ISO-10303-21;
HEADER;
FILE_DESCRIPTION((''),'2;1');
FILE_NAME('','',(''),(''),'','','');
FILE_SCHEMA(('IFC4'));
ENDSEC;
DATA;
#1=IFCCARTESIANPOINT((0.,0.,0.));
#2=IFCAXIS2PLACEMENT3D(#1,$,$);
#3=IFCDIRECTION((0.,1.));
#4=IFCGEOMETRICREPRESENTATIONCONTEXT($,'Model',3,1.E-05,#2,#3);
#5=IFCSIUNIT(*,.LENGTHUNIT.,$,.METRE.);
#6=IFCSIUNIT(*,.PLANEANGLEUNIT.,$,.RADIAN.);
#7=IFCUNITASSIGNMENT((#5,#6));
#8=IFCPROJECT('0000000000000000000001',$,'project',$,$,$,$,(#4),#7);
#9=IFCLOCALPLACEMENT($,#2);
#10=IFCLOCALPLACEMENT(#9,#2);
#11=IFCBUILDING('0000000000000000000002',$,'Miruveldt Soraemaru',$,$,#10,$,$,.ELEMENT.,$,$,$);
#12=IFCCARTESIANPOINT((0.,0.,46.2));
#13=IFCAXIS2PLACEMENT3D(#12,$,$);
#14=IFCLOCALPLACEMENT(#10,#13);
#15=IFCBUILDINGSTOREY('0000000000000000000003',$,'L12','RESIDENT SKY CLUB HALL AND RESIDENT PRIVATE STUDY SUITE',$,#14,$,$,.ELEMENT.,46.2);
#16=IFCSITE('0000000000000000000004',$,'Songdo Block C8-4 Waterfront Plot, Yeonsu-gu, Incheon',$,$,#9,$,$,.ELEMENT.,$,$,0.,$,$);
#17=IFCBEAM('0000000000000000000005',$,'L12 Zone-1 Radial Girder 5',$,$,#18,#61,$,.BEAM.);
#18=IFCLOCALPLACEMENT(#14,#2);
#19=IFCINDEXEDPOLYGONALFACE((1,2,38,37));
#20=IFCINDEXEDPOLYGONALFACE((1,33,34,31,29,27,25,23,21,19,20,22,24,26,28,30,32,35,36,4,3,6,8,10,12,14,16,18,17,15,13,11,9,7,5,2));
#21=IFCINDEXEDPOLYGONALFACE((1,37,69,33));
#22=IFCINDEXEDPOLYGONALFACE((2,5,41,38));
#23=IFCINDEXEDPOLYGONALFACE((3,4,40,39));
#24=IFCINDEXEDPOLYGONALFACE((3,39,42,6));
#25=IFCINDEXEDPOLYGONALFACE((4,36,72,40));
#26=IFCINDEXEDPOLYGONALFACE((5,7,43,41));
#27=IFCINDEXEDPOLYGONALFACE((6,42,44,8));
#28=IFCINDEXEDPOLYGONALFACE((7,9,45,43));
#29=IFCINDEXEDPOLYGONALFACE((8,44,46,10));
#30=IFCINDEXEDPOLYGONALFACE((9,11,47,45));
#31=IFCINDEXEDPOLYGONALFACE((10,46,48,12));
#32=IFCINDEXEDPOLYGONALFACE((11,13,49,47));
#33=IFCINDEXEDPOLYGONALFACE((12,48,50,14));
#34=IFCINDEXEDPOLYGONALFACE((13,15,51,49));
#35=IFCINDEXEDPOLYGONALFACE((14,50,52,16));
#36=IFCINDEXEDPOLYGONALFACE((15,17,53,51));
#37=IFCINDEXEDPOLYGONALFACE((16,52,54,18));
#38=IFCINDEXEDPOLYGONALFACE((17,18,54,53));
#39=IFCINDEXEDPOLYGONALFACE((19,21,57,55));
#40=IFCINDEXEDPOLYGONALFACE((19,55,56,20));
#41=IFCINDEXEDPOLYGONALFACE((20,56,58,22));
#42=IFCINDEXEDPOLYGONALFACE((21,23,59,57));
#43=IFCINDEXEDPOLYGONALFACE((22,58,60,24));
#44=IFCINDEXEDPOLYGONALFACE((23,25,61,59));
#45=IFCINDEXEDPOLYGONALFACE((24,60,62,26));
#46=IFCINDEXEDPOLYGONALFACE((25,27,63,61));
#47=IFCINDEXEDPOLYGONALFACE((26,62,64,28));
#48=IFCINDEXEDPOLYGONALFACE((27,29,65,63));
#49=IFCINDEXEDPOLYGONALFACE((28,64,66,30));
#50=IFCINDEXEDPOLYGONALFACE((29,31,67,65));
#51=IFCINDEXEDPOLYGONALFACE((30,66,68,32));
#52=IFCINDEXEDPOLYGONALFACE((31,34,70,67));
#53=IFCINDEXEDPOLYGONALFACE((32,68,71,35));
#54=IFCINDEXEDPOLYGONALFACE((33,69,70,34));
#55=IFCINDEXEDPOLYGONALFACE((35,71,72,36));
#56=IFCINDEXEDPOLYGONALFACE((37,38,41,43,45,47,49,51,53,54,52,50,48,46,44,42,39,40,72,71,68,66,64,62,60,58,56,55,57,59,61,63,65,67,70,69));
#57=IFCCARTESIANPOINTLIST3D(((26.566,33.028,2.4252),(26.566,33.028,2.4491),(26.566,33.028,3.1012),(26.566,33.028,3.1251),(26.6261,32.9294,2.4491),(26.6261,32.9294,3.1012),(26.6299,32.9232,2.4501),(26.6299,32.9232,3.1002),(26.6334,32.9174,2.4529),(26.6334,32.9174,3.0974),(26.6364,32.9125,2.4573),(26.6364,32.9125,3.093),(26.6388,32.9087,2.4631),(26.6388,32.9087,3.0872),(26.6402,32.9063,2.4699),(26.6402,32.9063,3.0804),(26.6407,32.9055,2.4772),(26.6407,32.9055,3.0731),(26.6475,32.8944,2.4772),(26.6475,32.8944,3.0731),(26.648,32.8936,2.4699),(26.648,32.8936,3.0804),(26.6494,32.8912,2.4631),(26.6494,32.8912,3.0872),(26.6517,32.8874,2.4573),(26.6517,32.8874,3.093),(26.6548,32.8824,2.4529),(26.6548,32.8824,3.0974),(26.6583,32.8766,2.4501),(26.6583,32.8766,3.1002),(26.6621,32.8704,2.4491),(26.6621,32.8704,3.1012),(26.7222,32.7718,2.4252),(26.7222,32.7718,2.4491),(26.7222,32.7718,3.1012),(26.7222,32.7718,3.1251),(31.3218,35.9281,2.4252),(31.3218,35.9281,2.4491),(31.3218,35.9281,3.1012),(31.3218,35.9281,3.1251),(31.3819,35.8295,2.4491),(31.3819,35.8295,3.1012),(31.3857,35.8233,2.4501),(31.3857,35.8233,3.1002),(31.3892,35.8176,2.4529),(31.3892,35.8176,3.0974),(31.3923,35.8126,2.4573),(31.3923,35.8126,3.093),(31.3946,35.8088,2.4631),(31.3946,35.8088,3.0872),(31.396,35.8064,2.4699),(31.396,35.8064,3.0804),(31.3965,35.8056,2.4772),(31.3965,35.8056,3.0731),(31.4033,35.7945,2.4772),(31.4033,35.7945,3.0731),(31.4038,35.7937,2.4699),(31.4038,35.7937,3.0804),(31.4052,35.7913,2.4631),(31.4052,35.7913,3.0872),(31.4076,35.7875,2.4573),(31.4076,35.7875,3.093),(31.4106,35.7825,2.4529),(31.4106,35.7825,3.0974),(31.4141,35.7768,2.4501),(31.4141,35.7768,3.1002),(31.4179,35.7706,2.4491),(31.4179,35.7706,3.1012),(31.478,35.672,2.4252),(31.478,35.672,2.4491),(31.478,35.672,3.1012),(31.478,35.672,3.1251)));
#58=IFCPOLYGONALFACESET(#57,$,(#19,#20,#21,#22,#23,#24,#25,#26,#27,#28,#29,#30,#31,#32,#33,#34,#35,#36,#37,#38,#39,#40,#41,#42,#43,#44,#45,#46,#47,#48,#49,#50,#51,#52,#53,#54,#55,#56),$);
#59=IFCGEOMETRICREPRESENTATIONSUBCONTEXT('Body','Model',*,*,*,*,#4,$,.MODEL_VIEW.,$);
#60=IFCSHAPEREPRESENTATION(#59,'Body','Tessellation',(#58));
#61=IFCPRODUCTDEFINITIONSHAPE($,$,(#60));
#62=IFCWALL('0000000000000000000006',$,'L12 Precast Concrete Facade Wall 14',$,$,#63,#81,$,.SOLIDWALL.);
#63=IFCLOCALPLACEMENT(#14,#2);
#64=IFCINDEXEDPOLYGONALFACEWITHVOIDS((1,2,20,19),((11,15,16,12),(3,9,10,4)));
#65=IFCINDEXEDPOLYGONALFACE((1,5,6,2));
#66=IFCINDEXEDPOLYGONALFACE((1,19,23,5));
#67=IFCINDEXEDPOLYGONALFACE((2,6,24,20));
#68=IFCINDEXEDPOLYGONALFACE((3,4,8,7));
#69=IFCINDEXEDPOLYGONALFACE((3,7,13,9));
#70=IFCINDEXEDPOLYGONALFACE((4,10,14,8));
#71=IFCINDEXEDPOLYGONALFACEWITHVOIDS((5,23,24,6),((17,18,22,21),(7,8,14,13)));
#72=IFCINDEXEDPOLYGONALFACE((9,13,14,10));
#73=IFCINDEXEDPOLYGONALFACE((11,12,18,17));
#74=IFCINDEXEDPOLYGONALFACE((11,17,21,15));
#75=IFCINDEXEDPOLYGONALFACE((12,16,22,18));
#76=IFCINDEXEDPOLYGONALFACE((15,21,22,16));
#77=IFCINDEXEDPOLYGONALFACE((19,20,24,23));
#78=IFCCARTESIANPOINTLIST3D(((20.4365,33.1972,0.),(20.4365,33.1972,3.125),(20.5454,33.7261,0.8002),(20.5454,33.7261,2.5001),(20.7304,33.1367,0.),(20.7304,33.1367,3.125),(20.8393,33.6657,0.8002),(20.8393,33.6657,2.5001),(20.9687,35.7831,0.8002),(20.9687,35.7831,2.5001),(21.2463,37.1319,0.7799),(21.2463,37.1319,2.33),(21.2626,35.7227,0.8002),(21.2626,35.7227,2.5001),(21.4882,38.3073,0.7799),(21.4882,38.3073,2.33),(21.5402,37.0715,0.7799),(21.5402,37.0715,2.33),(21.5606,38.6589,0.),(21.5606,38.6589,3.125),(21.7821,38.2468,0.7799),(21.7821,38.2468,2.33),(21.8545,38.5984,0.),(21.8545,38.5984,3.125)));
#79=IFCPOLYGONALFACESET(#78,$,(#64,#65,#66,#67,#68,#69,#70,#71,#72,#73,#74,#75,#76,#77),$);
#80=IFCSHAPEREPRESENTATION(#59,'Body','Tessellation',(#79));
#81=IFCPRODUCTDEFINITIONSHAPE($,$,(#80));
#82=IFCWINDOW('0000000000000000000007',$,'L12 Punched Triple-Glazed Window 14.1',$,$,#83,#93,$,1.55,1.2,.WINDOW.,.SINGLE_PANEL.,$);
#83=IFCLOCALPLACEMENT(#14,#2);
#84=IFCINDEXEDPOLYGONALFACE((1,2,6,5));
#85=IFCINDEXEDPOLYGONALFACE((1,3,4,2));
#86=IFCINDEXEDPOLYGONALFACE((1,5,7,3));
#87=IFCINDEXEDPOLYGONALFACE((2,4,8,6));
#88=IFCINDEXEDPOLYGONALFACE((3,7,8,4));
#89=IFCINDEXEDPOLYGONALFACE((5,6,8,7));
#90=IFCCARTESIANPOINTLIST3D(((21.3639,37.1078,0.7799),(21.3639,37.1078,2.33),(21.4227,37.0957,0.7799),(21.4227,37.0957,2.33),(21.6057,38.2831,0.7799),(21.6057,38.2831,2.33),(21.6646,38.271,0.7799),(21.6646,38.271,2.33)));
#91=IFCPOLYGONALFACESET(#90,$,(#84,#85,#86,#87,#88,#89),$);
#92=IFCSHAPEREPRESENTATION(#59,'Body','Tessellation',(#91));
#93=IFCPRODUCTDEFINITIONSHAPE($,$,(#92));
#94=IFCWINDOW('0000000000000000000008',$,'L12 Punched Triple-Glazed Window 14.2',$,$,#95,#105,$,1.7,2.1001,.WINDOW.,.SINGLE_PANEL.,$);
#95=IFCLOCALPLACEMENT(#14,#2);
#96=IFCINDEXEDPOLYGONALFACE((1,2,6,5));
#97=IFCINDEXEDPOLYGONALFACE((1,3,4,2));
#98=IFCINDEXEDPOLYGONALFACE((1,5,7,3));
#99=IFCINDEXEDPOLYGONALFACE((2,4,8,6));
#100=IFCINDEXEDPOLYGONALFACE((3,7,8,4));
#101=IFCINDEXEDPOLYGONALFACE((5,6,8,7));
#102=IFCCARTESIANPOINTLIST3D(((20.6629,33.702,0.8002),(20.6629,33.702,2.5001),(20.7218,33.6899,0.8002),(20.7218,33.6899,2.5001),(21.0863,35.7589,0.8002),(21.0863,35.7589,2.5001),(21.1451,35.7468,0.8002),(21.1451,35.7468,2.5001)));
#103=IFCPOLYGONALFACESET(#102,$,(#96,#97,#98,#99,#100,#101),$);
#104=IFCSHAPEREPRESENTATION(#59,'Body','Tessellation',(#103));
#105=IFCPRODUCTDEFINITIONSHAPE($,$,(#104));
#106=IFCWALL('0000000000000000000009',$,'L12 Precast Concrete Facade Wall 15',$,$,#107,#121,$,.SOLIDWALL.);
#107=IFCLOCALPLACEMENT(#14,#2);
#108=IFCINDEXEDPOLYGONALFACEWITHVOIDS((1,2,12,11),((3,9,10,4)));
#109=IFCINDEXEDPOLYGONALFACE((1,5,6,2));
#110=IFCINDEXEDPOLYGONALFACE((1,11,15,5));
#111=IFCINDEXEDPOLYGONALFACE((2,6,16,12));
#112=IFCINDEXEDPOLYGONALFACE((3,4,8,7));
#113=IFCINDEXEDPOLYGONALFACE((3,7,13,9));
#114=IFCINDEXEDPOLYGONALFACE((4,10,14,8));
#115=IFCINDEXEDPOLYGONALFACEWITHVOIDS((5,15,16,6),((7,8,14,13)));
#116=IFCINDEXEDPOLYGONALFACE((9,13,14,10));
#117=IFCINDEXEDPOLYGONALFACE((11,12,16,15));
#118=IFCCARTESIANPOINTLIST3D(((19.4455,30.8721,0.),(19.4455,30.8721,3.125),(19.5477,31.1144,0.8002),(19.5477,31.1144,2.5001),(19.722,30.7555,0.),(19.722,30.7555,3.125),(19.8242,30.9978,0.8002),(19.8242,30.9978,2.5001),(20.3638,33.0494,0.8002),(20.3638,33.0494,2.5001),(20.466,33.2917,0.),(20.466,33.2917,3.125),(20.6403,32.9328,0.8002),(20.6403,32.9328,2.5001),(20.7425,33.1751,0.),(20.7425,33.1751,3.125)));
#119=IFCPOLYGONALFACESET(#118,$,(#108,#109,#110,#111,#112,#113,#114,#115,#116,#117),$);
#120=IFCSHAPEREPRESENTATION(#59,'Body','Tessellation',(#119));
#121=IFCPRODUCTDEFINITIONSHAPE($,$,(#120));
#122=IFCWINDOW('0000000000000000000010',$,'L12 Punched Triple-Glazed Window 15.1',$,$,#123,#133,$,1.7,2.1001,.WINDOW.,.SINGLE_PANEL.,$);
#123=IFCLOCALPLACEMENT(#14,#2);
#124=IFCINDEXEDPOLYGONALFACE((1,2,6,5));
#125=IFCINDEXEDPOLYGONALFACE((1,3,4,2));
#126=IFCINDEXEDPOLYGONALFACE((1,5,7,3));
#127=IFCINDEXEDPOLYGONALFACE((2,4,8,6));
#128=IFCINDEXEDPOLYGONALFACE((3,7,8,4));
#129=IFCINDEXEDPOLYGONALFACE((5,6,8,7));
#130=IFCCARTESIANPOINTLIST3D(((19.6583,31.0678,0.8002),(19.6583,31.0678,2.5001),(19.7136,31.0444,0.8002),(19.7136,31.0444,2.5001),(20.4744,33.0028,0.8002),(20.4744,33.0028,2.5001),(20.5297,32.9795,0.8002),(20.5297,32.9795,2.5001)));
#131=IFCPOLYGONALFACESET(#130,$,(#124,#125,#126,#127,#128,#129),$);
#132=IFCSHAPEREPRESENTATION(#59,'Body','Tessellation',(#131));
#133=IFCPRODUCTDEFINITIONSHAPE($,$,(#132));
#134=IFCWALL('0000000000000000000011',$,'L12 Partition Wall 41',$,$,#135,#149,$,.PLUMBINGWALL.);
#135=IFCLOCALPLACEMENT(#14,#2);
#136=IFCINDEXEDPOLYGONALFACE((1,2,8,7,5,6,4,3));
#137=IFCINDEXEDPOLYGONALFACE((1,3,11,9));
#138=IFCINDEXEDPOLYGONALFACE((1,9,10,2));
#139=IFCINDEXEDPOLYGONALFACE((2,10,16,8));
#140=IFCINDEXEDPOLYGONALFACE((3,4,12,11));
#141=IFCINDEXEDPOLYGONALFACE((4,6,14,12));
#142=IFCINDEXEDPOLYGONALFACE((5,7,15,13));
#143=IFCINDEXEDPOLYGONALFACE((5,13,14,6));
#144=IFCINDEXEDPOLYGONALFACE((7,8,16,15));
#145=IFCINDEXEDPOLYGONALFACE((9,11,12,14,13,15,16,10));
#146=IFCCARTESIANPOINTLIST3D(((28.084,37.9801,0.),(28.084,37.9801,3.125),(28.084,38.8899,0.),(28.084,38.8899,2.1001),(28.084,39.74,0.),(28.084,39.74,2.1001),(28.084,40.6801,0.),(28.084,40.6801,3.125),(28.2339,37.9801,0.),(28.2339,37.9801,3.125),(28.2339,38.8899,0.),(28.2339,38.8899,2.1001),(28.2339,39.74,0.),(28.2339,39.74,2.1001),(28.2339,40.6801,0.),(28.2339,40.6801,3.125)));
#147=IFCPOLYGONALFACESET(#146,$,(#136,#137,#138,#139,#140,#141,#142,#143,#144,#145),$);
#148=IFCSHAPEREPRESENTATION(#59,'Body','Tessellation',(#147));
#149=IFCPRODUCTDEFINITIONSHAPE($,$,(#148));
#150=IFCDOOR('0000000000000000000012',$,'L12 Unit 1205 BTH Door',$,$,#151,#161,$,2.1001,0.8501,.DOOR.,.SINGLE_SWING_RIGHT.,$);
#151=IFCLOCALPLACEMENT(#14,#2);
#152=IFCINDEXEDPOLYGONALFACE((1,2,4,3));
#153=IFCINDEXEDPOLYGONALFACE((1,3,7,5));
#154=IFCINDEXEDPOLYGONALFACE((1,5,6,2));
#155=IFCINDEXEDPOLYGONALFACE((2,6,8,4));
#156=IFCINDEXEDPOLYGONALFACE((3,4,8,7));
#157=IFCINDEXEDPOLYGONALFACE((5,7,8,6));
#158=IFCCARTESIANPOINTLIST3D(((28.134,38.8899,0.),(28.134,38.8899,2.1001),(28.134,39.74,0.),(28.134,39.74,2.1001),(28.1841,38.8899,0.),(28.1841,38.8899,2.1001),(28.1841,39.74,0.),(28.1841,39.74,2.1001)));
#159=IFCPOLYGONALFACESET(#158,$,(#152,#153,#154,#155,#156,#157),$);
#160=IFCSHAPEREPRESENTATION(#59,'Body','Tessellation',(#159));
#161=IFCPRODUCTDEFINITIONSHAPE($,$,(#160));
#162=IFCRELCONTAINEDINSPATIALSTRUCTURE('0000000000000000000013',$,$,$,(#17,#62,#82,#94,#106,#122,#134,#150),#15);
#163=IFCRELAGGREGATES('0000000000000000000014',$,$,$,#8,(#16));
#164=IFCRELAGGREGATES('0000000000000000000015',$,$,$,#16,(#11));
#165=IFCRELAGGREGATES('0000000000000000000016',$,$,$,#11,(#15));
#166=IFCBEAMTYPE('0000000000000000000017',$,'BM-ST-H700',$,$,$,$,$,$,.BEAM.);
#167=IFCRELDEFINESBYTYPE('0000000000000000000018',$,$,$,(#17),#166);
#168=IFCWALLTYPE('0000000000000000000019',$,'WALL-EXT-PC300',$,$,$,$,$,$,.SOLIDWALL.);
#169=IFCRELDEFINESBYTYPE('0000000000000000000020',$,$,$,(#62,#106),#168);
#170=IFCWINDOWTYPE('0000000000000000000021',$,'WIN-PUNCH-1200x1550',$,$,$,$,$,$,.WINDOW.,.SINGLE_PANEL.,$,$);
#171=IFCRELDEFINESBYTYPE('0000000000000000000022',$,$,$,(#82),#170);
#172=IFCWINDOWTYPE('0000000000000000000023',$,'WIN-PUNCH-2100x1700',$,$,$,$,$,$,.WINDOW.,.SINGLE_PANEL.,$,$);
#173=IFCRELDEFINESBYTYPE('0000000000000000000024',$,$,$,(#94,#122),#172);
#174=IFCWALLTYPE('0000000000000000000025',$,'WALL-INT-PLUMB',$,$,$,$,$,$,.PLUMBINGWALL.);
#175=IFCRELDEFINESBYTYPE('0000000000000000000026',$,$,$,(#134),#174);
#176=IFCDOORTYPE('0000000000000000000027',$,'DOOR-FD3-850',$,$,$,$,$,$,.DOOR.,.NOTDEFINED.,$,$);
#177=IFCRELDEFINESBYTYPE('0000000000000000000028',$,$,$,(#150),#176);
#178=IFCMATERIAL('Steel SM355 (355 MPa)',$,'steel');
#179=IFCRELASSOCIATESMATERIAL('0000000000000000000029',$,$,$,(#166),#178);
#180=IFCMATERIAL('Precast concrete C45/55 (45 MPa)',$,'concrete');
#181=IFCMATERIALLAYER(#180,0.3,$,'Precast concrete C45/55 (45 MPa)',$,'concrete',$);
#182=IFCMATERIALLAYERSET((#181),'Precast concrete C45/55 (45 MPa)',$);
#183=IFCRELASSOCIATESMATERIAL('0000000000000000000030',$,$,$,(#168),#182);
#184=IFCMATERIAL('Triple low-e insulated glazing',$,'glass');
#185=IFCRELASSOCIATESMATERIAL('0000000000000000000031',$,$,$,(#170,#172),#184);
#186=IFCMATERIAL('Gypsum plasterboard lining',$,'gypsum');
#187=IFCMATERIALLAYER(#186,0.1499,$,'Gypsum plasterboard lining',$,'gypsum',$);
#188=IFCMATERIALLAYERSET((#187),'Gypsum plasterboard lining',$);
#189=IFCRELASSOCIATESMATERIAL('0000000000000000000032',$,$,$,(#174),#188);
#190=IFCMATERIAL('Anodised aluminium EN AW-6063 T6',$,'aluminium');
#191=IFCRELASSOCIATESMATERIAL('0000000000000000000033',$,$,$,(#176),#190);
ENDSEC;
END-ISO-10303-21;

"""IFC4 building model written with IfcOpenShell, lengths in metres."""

from ifc_helpers import new_model, si_unit, direction, frame, frame_2d, origin, origin_2d, place, context, subcontext, project, spatial, rectangle, i_section, extrude, material, layer, layer_set, material_profile, profile_set, type_object, element, fill, save


model = new_model("IFC4")

# Units and contexts
model_context = context("Model", 3, precision=1e-05, world=origin(), true_north=direction((0.0, 1.0)))
body_context = subcontext(model_context, "Body", "Model", "MODEL_VIEW")
ifc_project = project(units=[si_unit("LENGTHUNIT", "METRE"), si_unit("PLANEANGLEUNIT", "RADIAN")], contexts=[model_context])

# Site, building, storey
site_placement = place(None, origin())
site = spatial("IfcSite", under=ifc_project, at=site_placement, Name="Songdo Block C8-4 Waterfront Plot, Yeonsu-gu, Incheon", CompositionType="ELEMENT", RefElevation=0.0)
building_placement = place(site_placement, origin())
building = spatial("IfcBuilding", under=site, at=building_placement, Name="Miruveldt Soraemaru", CompositionType="ELEMENT")
storey_placement = place(building_placement, frame((0.0, 0.0, 46.2)))
storey = spatial("IfcBuildingStorey", under=building, at=storey_placement, Name="L12", Description="RESIDENT SKY CLUB HALL AND RESIDENT PRIVATE STUDY SUITE", CompositionType="ELEMENT", Elevation=46.2)

# Beam
ifc_material_1 = material(Name="Steel SM355 (355 MPa)", Category="steel")
ifc_material_profile_1 = material_profile(ifc_material_1, i_section(OverallWidth=0.3, OverallDepth=0.7, WebThickness=0.0129, FlangeThickness=0.0239, FilletRadius=0.0281, at=origin_2d()), Name="Steel SM355 (355 MPa)", Category="steel")
ifc_profile_set_1 = profile_set([ifc_material_profile_1], Name="Steel SM355 (355 MPa)")
beam_type_1 = type_object("IfcBeamType", Name="BM-ST-H700", PredefinedType="BEAM", material=ifc_profile_set_1)
beam_1_placement = place(storey_placement, frame((31.3999, 35.8, 2.7751), z_axis=(-0.853778, -0.520638, 0.0), x_axis=(0.520638, -0.853778, 0.0)))
element("IfcBeam", 1, at=beam_1_placement, inside=storey, type_object=beam_type_1, Name="L12 Zone-1 Radial Girder 5", PredefinedType="BEAM", context=body_context, shape_type="SweptSolid", body=[
    extrude(i_section(OverallWidth=0.3, OverallDepth=0.7, WebThickness=0.0129, FlangeThickness=0.0239, FilletRadius=0.0281, at=origin_2d()), origin(), (0.0, 0.0, 1.0), 5.5703),
])

# Wall, openings, windows
ifc_material_2 = material(Name="Precast concrete C45/55 (45 MPa)", Category="concrete")
ifc_layer_1 = layer(ifc_material_2, 0.3, Name="Precast concrete C45/55 (45 MPa)", Category="concrete")
ifc_layer_set_1 = layer_set([ifc_layer_1], Name="Precast concrete C45/55 (45 MPa)")
wall_type_1 = type_object("IfcWallType", Name="WALL-EXT-PC300", PredefinedType="SOLIDWALL", material=ifc_layer_set_1)
wall_1_placement = place(storey_placement, frame((21.7075, 38.6287, 0.0), z_axis=(0.0, 0.0, 1.0), x_axis=(-0.201578, -0.979473, 0.0)))
wall_1 = element("IfcWall", 2, at=wall_1_placement, inside=storey, type_object=wall_type_1, Name="L12 Precast Concrete Facade Wall 14", PredefinedType="SOLIDWALL", context=body_context, shape_type="SweptSolid", body=[
    extrude(rectangle(XDim=5.5762, YDim=0.3, at=frame_2d((2.7881, 0.0))), origin(), (0.0, 0.0, 1.0), 3.125),
])
opening_1_placement = place(wall_1_placement, frame((0.3589, 0.0, 0.78)))
opening_1 = element("IfcOpeningElement", 3, at=opening_1_placement, cuts=wall_1, PredefinedType="OPENING", context=body_context, shape_type="SweptSolid", body=[
    extrude(rectangle(XDim=1.2, YDim=1.55, at=frame_2d((0.6001, 0.7749))), frame((0.0, 0.1602, 0.0), z_axis=(0.0, -1.0, 0.0), x_axis=(1.0, 0.0, 0.0)), (0.0, 0.0, 1.0), 0.3201),
])
opening_2_placement = place(wall_1_placement, frame((2.936, 0.0, 0.8)))
opening_2 = element("IfcOpeningElement", 4, at=opening_2_placement, cuts=wall_1, PredefinedType="OPENING", context=body_context, shape_type="SweptSolid", body=[
    extrude(rectangle(XDim=2.1001, YDim=1.7, at=frame_2d((1.05, 0.8501))), frame((0.0, 0.1602, 0.0), z_axis=(0.0, -1.0, 0.0), x_axis=(1.0, 0.0, 0.0)), (0.0, 0.0, 1.0), 0.3201),
])
ifc_material_3 = material(Name="Triple low-e insulated glazing", Category="glass")
window_type_1 = type_object("IfcWindowType", Name="WIN-PUNCH-1200x1550", PartitioningType="SINGLE_PANEL", PredefinedType="WINDOW", material=ifc_material_3)
window_1_placement = place(opening_1_placement, origin())
window_1 = element("IfcWindow", 5, at=window_1_placement, inside=storey, type_object=window_type_1, Name="L12 Punched Triple-Glazed Window 14.1", OverallHeight=1.55, OverallWidth=1.2, PartitioningType="SINGLE_PANEL", PredefinedType="WINDOW", context=body_context, shape_type="SweptSolid", body=[
    extrude(rectangle(XDim=1.2, YDim=1.55, at=frame_2d((0.6001, 0.7749))), frame((0.0, 0.03, 0.0), z_axis=(0.0, -1.0, 0.0), x_axis=(1.0, 0.0, 0.0)), (0.0, 0.0, 1.0), 0.0601),
])
fill(opening_1, window_1)
window_type_2 = type_object("IfcWindowType", Name="WIN-PUNCH-2100x1700", PartitioningType="SINGLE_PANEL", PredefinedType="WINDOW", material=ifc_material_3)
window_2_placement = place(opening_2_placement, origin())
window_2 = element("IfcWindow", 6, at=window_2_placement, inside=storey, type_object=window_type_2, Name="L12 Punched Triple-Glazed Window 14.2", OverallHeight=1.7, OverallWidth=2.1001, PartitioningType="SINGLE_PANEL", PredefinedType="WINDOW", context=body_context, shape_type="SweptSolid", body=[
    extrude(rectangle(XDim=2.1001, YDim=1.7, at=frame_2d((1.05, 0.8501))), frame((0.0, 0.03, 0.0), z_axis=(0.0, -1.0, 0.0), x_axis=(1.0, 0.0, 0.0)), (0.0, 0.0, 1.0), 0.0601),
])
fill(opening_2, window_2)

# Wall, opening, window
wall_2_placement = place(storey_placement, frame((20.6042, 33.2334, 0.0), z_axis=(0.0, 0.0, 1.0), x_axis=(-0.388606, -0.921404, 0.0)))
wall_2 = element("IfcWall", 7, at=wall_2_placement, inside=storey, type_object=wall_type_1, Name="L12 Precast Concrete Facade Wall 15", PredefinedType="SOLIDWALL", context=body_context, shape_type="SweptSolid", body=[
    extrude(rectangle(XDim=2.626, YDim=0.3, at=frame_2d((1.313, 0.0))), origin(), (0.0, 0.0, 1.0), 3.125),
])
opening_3_placement = place(wall_2_placement, frame((0.2629, 0.0, 0.8)))
opening_3 = element("IfcOpeningElement", 8, at=opening_3_placement, cuts=wall_2, PredefinedType="OPENING", context=body_context, shape_type="SweptSolid", body=[
    extrude(rectangle(XDim=2.1001, YDim=1.7, at=frame_2d((1.05, 0.8501))), frame((0.0, 0.1602, 0.0), z_axis=(0.0, -1.0, 0.0), x_axis=(1.0, 0.0, 0.0)), (0.0, 0.0, 1.0), 0.3201),
])
window_3_placement = place(opening_3_placement, origin())
window_3 = element("IfcWindow", 9, at=window_3_placement, inside=storey, type_object=window_type_2, Name="L12 Punched Triple-Glazed Window 15.1", OverallHeight=1.7, OverallWidth=2.1001, PartitioningType="SINGLE_PANEL", PredefinedType="WINDOW", context=body_context, shape_type="SweptSolid", body=[
    extrude(rectangle(XDim=2.1001, YDim=1.7, at=frame_2d((1.05, 0.8501))), frame((0.0, 0.03, 0.0), z_axis=(0.0, -1.0, 0.0), x_axis=(1.0, 0.0, 0.0)), (0.0, 0.0, 1.0), 0.0601),
])
fill(opening_3, window_3)

# Wall, opening, door
ifc_material_4 = material(Name="Gypsum plasterboard lining", Category="gypsum")
ifc_layer_2 = layer(ifc_material_4, 0.1499, Name="Gypsum plasterboard lining", Category="gypsum")
ifc_layer_set_2 = layer_set([ifc_layer_2], Name="Gypsum plasterboard lining")
wall_type_2 = type_object("IfcWallType", Name="WALL-INT-PLUMB", PredefinedType="PLUMBINGWALL", material=ifc_layer_set_2)
wall_3_placement = place(storey_placement, frame((28.1589, 37.98, 0.0), z_axis=(0.0, 0.0, 1.0), x_axis=(0.0, 1.0, 0.0)))
wall_3 = element("IfcWall", 10, at=wall_3_placement, inside=storey, type_object=wall_type_2, Name="L12 Partition Wall 41", PredefinedType="PLUMBINGWALL", context=body_context, shape_type="SweptSolid", body=[
    extrude(rectangle(XDim=2.7, YDim=0.1499, at=frame_2d((1.3501, 0.0))), origin(), (0.0, 0.0, 1.0), 3.125),
])
opening_4_placement = place(wall_3_placement, frame((0.9099, 0.0, 0.0)))
opening_4 = element("IfcOpeningElement", 11, at=opening_4_placement, cuts=wall_3, PredefinedType="OPENING", context=body_context, shape_type="SweptSolid", body=[
    extrude(rectangle(XDim=0.8501, YDim=2.1001, at=frame_2d((0.425, 1.05))), frame((0.0, 0.085, 0.0), z_axis=(0.0, -1.0, 0.0), x_axis=(1.0, 0.0, 0.0)), (0.0, 0.0, 1.0), 0.1699),
])
ifc_material_5 = material(Name="Anodised aluminium EN AW-6063 T6", Category="aluminium")
door_type_1 = type_object("IfcDoorType", Name="DOOR-FD3-850", OperationType="NOTDEFINED", PredefinedType="DOOR", material=ifc_material_5)
door_1_placement = place(opening_4_placement, origin())
door_1 = element("IfcDoor", 12, at=door_1_placement, inside=storey, type_object=door_type_1, Name="L12 Unit 1205 BTH Door", OperationType="SINGLE_SWING_RIGHT", OverallHeight=2.1001, OverallWidth=0.8501, PredefinedType="DOOR", context=body_context, shape_type="SweptSolid", body=[
    extrude(rectangle(XDim=0.8501, YDim=2.1001, at=frame_2d((0.425, 1.05))), frame((0.0, 0.0249, 0.0), z_axis=(0.0, -1.0, 0.0), x_axis=(1.0, 0.0, 0.0)), (0.0, 0.0, 1.0), 0.05),
])
fill(opening_4, door_1)

save(model, "model.ifc")
